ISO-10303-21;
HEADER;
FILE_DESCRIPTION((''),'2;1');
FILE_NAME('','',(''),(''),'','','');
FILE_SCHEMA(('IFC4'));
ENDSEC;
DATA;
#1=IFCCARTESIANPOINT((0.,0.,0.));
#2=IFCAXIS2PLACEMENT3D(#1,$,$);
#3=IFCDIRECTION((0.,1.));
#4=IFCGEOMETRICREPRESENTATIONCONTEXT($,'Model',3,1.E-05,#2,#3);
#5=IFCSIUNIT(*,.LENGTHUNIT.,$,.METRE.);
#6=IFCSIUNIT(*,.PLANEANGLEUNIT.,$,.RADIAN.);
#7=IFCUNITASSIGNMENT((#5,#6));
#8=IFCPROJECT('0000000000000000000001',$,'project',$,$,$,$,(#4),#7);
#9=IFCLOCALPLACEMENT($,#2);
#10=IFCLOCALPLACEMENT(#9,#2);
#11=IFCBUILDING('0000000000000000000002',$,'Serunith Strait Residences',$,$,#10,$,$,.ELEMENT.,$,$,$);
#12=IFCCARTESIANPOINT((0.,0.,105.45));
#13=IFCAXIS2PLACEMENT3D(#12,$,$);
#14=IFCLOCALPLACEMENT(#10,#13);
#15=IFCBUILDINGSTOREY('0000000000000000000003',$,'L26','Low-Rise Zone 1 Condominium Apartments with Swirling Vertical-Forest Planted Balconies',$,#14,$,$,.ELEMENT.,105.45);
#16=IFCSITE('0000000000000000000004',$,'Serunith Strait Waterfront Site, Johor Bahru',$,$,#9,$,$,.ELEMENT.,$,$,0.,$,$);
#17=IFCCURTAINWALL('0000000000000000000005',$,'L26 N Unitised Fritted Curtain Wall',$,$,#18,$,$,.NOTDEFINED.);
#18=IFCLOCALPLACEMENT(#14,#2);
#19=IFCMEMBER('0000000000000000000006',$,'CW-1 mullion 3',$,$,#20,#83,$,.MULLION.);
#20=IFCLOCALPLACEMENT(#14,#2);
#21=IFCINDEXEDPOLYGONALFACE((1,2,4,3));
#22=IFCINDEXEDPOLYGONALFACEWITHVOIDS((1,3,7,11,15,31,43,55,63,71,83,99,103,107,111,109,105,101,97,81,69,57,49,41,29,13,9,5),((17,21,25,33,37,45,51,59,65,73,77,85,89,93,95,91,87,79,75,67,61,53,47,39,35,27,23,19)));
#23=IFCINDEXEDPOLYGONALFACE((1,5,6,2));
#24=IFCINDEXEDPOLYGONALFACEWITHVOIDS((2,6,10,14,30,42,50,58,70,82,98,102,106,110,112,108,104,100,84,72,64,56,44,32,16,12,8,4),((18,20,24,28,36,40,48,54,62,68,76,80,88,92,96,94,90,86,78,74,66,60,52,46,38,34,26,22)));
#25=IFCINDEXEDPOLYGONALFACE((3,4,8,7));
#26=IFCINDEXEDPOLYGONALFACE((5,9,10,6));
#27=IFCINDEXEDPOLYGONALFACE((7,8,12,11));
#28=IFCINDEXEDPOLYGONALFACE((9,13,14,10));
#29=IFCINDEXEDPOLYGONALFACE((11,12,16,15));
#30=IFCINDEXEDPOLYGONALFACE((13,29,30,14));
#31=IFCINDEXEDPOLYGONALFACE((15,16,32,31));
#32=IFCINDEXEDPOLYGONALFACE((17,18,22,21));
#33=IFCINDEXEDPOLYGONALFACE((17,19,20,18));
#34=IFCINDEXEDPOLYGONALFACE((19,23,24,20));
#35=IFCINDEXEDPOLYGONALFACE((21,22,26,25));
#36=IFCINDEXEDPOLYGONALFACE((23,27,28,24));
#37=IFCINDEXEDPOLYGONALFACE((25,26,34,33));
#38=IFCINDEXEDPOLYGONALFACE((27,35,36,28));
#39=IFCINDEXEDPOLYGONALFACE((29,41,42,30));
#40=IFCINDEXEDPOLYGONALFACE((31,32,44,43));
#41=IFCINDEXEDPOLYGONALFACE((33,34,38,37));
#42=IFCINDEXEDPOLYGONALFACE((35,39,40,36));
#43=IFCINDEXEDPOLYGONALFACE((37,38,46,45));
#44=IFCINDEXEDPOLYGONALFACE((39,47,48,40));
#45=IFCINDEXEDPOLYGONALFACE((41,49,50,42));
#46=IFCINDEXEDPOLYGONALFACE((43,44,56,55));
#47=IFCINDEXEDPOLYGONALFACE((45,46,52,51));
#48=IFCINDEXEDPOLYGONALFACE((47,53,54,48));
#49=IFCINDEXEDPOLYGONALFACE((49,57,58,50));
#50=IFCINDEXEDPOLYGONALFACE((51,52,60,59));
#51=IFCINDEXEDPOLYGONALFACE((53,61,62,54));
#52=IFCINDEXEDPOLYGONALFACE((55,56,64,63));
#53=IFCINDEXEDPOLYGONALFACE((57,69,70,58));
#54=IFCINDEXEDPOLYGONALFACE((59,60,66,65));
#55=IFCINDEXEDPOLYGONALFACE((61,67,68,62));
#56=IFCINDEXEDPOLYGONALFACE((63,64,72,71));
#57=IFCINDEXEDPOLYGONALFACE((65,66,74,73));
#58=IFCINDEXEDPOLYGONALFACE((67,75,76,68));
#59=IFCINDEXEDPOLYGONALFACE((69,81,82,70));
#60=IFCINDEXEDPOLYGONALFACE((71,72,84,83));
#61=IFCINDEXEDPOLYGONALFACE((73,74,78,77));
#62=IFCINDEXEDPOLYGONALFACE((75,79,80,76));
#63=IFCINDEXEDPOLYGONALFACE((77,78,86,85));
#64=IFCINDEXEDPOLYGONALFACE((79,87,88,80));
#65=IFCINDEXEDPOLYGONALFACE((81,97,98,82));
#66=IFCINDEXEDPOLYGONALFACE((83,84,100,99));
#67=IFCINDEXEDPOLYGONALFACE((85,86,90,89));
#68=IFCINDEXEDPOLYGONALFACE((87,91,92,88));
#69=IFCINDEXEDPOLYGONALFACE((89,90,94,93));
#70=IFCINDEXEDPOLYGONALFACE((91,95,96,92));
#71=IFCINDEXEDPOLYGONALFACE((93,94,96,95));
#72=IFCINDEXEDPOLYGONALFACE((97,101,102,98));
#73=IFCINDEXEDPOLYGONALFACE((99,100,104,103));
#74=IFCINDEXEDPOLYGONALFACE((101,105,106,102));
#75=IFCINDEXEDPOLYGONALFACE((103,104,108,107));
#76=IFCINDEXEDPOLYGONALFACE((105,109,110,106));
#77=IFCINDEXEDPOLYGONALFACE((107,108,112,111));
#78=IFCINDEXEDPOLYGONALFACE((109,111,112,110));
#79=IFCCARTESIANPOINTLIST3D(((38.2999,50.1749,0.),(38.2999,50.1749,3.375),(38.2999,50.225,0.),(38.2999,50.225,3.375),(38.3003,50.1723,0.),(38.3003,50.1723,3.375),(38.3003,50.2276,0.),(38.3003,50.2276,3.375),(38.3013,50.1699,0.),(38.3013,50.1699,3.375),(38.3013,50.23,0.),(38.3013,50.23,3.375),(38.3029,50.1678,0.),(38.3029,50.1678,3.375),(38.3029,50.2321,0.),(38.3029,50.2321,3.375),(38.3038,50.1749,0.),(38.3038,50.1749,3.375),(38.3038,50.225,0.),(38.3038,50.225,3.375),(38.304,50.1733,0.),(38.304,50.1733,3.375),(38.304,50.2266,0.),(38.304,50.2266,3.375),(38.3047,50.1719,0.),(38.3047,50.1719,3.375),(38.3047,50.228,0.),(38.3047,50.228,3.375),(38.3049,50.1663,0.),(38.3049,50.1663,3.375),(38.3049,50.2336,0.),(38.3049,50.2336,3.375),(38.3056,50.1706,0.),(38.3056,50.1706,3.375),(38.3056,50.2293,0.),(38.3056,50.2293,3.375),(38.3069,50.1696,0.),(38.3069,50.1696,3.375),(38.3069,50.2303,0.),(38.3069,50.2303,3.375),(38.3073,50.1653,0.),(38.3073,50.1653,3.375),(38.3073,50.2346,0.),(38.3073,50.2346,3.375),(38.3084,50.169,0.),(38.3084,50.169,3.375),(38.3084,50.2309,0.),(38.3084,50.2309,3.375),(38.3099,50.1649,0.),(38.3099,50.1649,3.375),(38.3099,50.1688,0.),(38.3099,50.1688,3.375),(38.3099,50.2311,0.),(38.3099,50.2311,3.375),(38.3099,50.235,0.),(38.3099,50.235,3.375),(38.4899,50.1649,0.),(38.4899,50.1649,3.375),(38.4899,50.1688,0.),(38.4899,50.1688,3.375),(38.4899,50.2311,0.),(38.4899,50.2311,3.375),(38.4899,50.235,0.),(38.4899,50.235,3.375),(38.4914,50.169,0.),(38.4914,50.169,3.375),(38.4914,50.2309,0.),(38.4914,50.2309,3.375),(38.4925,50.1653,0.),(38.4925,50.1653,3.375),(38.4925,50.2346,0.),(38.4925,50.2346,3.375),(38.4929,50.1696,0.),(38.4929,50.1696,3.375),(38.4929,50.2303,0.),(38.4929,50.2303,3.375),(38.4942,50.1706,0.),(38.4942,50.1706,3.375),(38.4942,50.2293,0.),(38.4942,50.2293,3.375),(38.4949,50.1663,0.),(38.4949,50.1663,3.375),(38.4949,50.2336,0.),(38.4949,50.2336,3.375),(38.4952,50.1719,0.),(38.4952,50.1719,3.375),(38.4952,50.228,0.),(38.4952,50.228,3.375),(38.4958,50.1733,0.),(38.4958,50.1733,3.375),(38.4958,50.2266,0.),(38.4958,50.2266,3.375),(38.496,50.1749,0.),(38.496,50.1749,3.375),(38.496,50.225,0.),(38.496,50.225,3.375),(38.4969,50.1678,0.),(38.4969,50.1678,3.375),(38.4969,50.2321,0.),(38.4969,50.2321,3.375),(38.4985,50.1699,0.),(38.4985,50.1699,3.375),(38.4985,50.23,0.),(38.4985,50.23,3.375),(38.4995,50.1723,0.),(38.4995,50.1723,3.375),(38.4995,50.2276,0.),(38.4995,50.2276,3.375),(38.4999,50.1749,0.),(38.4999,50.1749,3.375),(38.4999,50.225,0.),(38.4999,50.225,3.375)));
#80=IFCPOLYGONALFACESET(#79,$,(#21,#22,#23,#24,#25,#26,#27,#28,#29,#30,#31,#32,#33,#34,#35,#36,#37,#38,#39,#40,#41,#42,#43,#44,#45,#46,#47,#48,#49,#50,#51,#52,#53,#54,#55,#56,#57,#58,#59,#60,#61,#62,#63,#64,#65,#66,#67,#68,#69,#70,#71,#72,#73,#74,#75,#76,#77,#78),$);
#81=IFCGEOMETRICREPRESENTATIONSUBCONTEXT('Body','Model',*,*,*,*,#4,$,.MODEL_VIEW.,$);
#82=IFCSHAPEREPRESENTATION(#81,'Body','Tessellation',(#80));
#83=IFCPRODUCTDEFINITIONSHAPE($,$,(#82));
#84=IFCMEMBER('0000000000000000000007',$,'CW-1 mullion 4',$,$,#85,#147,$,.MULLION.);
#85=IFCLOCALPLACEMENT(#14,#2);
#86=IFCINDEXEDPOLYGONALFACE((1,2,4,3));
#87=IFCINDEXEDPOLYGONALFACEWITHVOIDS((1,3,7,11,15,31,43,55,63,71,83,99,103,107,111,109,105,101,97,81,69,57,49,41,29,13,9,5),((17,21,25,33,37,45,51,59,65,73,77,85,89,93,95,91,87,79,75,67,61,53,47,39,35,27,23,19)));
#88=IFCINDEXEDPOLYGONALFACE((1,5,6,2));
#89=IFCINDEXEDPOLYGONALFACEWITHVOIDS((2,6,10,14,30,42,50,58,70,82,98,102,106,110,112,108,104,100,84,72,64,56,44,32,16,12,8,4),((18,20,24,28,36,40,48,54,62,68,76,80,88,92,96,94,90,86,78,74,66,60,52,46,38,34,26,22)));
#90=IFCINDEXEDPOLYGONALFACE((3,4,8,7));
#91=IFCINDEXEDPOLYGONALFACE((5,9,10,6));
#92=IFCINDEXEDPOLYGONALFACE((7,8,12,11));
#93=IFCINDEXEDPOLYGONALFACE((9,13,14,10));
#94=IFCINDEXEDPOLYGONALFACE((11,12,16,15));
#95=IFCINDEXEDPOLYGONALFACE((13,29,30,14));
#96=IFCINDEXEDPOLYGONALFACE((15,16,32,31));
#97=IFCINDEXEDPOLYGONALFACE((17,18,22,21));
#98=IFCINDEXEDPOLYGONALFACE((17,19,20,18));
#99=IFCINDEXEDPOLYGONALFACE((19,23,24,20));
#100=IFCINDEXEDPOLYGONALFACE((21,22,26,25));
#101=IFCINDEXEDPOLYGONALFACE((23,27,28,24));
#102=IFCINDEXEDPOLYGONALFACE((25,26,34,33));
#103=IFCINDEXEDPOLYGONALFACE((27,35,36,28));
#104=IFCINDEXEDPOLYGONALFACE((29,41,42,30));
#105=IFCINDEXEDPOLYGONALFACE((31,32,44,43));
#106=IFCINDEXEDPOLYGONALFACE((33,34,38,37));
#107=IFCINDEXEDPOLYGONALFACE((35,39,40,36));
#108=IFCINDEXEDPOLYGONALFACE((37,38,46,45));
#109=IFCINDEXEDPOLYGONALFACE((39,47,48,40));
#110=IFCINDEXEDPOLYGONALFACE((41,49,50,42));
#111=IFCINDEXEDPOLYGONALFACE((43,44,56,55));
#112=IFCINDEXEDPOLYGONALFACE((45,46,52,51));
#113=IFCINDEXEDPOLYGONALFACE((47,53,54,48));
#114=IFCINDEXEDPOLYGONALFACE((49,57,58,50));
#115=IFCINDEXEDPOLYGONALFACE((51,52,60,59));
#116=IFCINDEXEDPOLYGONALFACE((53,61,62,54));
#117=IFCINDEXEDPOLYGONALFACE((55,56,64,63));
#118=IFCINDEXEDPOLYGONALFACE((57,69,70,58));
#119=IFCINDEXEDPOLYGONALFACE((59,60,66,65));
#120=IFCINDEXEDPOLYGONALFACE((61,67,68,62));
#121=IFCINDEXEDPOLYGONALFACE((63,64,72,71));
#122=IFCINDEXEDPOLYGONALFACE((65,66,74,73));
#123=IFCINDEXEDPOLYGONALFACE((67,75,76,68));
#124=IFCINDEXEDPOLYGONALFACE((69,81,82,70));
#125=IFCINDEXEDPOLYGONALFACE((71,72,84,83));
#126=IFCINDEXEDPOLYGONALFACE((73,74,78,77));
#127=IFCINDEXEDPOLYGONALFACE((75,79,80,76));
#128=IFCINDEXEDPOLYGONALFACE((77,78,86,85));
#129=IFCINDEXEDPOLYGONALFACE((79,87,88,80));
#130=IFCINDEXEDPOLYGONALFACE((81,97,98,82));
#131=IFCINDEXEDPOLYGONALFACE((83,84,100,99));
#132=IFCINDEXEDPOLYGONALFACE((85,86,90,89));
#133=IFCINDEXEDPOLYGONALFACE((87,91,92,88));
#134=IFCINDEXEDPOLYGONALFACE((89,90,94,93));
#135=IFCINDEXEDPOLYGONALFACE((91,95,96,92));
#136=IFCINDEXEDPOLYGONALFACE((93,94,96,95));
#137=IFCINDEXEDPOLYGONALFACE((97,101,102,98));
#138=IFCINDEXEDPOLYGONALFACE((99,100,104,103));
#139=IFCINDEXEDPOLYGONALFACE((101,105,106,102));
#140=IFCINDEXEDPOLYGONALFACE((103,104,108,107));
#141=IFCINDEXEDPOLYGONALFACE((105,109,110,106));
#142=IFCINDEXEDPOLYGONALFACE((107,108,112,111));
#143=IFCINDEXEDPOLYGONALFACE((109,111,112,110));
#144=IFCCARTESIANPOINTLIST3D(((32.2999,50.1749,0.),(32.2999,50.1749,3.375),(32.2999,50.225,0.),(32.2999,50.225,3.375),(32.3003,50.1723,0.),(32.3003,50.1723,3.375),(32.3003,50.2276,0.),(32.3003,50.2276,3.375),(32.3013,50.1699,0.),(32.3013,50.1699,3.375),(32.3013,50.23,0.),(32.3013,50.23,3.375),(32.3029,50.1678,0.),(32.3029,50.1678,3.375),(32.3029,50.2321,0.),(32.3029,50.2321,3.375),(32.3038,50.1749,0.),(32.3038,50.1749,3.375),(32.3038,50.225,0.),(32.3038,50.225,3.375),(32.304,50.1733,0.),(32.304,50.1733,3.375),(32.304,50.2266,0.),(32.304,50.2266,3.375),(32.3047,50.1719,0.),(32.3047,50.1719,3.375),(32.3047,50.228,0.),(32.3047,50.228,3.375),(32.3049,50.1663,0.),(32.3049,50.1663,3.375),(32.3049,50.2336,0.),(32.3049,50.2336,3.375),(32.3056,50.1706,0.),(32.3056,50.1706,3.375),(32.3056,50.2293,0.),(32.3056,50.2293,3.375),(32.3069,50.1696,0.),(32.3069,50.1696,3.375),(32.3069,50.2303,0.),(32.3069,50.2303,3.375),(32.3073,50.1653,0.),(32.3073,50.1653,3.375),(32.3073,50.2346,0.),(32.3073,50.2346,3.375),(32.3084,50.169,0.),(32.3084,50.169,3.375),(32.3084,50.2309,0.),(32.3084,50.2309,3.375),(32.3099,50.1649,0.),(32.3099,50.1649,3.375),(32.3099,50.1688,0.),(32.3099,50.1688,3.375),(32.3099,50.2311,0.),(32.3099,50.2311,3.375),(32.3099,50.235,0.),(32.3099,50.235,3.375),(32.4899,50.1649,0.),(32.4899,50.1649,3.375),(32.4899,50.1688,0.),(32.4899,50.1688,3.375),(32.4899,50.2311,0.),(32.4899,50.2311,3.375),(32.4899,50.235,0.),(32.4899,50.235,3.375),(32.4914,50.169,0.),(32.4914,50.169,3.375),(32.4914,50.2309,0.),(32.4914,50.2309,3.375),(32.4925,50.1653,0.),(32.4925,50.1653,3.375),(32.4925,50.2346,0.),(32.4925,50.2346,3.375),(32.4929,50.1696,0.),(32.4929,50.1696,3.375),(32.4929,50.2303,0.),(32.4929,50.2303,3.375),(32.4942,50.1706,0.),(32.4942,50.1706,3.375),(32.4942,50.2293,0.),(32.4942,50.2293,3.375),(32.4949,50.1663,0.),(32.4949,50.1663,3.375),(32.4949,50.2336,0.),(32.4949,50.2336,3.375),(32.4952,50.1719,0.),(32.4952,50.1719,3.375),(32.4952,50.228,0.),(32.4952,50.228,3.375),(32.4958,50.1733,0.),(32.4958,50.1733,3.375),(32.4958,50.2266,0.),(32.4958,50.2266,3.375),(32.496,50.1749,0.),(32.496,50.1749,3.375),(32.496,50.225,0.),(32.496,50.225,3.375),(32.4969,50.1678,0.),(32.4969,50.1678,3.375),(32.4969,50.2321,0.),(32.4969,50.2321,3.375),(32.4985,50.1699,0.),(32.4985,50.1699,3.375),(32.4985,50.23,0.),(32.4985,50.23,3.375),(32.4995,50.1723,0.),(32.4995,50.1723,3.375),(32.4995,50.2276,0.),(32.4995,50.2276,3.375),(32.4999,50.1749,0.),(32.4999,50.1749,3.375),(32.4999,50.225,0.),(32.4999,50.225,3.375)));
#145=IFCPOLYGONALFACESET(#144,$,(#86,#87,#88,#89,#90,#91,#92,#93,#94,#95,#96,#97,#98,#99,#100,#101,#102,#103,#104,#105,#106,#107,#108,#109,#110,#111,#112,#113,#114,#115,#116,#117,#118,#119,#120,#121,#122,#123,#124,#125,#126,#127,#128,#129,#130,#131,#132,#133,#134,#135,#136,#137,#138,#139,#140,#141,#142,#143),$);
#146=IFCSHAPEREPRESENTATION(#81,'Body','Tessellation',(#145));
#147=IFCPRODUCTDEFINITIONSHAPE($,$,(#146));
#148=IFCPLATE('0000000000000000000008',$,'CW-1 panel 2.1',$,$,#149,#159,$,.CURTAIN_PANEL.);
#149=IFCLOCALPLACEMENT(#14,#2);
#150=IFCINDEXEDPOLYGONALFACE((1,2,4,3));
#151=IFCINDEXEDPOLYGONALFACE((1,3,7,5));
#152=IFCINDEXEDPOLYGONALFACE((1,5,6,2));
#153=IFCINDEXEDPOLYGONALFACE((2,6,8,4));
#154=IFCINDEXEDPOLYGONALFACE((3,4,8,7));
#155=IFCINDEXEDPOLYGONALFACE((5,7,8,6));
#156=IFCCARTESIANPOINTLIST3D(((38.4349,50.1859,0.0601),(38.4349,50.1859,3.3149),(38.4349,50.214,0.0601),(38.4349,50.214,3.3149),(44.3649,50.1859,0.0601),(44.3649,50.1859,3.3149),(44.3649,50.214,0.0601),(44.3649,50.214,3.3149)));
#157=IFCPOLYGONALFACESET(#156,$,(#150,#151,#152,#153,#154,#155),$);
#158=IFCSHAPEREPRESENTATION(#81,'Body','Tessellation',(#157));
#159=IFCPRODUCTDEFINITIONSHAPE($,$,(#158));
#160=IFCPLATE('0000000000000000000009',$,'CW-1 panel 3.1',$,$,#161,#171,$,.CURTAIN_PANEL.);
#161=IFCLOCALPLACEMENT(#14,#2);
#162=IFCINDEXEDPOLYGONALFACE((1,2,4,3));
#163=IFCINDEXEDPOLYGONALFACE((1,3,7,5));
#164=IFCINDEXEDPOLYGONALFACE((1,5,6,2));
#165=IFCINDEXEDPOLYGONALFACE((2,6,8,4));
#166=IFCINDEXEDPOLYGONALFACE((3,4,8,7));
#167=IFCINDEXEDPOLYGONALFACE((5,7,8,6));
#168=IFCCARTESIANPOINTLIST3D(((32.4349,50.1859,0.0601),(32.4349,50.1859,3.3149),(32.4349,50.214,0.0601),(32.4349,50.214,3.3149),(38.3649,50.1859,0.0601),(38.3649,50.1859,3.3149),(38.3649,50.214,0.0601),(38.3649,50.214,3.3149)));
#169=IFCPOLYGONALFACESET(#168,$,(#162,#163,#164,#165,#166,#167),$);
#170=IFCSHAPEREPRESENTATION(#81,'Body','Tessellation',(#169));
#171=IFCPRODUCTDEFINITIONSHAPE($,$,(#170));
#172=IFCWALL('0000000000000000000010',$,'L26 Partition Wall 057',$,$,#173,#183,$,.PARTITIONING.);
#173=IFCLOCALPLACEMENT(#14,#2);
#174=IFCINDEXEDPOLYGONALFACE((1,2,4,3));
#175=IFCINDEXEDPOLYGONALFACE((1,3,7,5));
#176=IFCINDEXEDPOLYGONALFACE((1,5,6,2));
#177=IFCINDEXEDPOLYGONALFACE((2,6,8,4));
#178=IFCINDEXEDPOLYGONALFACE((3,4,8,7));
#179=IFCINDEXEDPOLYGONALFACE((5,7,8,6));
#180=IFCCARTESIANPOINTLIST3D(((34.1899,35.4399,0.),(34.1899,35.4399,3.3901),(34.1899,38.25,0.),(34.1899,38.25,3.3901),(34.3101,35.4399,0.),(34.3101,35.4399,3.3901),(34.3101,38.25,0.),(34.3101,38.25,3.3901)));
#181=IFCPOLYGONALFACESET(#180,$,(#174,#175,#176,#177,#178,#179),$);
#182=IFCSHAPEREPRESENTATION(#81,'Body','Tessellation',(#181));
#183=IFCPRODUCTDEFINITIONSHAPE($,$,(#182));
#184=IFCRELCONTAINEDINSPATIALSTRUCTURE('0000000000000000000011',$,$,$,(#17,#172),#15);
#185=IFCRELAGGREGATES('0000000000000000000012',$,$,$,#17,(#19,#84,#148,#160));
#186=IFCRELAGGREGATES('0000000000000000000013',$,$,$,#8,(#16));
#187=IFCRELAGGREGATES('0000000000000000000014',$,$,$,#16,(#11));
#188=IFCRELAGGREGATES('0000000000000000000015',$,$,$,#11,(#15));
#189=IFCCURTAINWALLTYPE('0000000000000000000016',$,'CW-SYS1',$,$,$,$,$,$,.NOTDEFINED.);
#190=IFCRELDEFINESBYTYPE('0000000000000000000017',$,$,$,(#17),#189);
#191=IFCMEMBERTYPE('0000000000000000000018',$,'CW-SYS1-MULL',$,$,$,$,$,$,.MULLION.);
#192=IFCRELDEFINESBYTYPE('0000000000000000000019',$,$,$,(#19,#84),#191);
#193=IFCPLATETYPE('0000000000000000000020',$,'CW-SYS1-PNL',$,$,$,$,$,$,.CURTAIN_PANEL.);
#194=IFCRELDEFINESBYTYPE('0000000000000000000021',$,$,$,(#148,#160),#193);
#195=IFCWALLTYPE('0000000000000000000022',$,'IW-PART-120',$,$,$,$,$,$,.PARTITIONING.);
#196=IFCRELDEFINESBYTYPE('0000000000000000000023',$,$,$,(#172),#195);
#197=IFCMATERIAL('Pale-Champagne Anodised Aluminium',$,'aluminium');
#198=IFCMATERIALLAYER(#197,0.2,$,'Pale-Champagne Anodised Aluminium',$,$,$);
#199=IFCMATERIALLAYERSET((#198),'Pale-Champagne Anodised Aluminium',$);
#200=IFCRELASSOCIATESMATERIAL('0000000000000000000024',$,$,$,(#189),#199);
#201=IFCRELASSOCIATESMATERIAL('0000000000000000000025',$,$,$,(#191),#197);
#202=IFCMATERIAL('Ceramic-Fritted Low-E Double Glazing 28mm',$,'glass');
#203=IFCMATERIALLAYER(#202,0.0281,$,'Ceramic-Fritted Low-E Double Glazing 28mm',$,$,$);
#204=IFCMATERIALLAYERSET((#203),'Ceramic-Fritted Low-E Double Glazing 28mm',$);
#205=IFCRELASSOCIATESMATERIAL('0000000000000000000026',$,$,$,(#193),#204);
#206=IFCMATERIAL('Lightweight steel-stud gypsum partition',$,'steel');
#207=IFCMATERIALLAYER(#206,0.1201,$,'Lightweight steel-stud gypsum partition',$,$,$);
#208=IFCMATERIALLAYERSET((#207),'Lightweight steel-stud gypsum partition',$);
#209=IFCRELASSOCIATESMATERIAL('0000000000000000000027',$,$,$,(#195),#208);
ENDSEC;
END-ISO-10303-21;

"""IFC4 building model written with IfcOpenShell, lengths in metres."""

from ifc_helpers import new_model, si_unit, direction, frame, frame_2d, origin, origin_2d, place, context, subcontext, project, spatial, rectangle, hollow_rectangle, extrude, source, transform, mapped, material, layer, layer_set, material_profile, profile_set, type_object, element, aggregate, save


model = new_model("IFC4")

# Units and contexts
model_context = context("Model", 3, precision=1e-05, world=origin(), true_north=direction((0.0, 1.0)))
body_context = subcontext(model_context, "Body", "Model", "MODEL_VIEW")
ifc_project = project(units=[si_unit("LENGTHUNIT", "METRE"), si_unit("PLANEANGLEUNIT", "RADIAN")], contexts=[model_context])

# Site, building, storey
site_placement = place(None, origin())
site = spatial("IfcSite", under=ifc_project, at=site_placement, Name="Serunith Strait Waterfront Site, Johor Bahru", CompositionType="ELEMENT", RefElevation=0.0)
building_placement = place(site_placement, origin())
building = spatial("IfcBuilding", under=site, at=building_placement, Name="Serunith Strait Residences", CompositionType="ELEMENT")
storey_placement = place(building_placement, frame((0.0, 0.0, 105.45)))
storey = spatial("IfcBuildingStorey", under=building, at=storey_placement, Name="L26", Description="Low-Rise Zone 1 Condominium Apartments with Swirling Vertical-Forest Planted Balconies", CompositionType="ELEMENT", Elevation=105.45)

# Curtain wall, members, plates
ifc_material_1 = material(Name="Pale-Champagne Anodised Aluminium", Category="aluminium")
ifc_layer_1 = layer(ifc_material_1, 0.2, Name="Pale-Champagne Anodised Aluminium")
ifc_layer_set_1 = layer_set([ifc_layer_1], Name="Pale-Champagne Anodised Aluminium")
curtain_wall_type = type_object("IfcCurtainWallType", Name="CW-SYS1", PredefinedType="NOTDEFINED", material=ifc_layer_set_1)
curtain_wall_placement = place(storey_placement, origin())
curtain_wall = element("IfcCurtainWall", 1, at=curtain_wall_placement, inside=storey, type_object=curtain_wall_type, Name="L26 N Unitised Fritted Curtain Wall", PredefinedType="NOTDEFINED")
ifc_material_profile_1 = material_profile(ifc_material_1, hollow_rectangle(XDim=0.0701, YDim=0.2, WallThickness=0.0039, InnerFilletRadius=0.0061, OuterFilletRadius=0.01, at=origin_2d()), Name="ALU 200x70x4")
ifc_profile_set_1 = profile_set([ifc_material_profile_1], Name="Pale-Champagne Anodised Aluminium")
member_type_1 = type_object("IfcMemberType", Name="CW-SYS1-MULL", PredefinedType="MULLION", material=ifc_profile_set_1)
shared_shape_1 = source(origin(), body_context, "Body", "SweptSolid", [
    extrude(hollow_rectangle(XDim=0.0701, YDim=0.2, WallThickness=0.0039, InnerFilletRadius=0.0061, OuterFilletRadius=0.01, at=origin_2d()), origin(), (0.0, 0.0, 1.0), 3.375),
])
member_1_placement = place(storey_placement, frame((38.3999, 50.2, 0.0), z_axis=(0.0, 0.0, 1.0), x_axis=(0.0, -1.0, 0.0)))
member_1 = element("IfcMember", 2, at=member_1_placement, type_object=member_type_1, Name="CW-1 mullion 3", PredefinedType="MULLION", context=body_context, shape_type="MappedRepresentation", body=[
    mapped(shared_shape_1, transform((0.0, 0.0, 0.0), scale=1.0)),
])
member_2_placement = place(storey_placement, frame((32.3999, 50.2, 0.0), z_axis=(0.0, 0.0, 1.0), x_axis=(0.0, -1.0, 0.0)))
member_2 = element("IfcMember", 3, at=member_2_placement, type_object=member_type_1, Name="CW-1 mullion 4", PredefinedType="MULLION", context=body_context, shape_type="MappedRepresentation", body=[
    mapped(shared_shape_1, transform((0.0, 0.0, 0.0), scale=1.0)),
])
ifc_material_2 = material(Name="Ceramic-Fritted Low-E Double Glazing 28mm", Category="glass")
ifc_layer_2 = layer(ifc_material_2, 0.0281, Name="Ceramic-Fritted Low-E Double Glazing 28mm")
ifc_layer_set_2 = layer_set([ifc_layer_2], Name="Ceramic-Fritted Low-E Double Glazing 28mm")
plate_type = type_object("IfcPlateType", Name="CW-SYS1-PNL", PredefinedType="CURTAIN_PANEL", material=ifc_layer_set_2)
shared_shape_2 = source(origin(), body_context, "Body", "SweptSolid", [
    extrude(rectangle(XDim=5.9299, YDim=0.0281, at=origin_2d()), origin(), (0.0, 0.0, 1.0), 3.2549),
])
plate_1_placement = place(storey_placement, frame((41.3999, 50.2, 0.0601), z_axis=(0.0, 0.0, 1.0), x_axis=(-1.0, 0.0, 0.0)))
plate_1 = element("IfcPlate", 4, at=plate_1_placement, type_object=plate_type, Name="CW-1 panel 2.1", PredefinedType="CURTAIN_PANEL", context=body_context, shape_type="MappedRepresentation", body=[
    mapped(shared_shape_2, transform((0.0, 0.0, 0.0), scale=1.0)),
])
plate_2_placement = place(storey_placement, frame((35.3999, 50.2, 0.0601), z_axis=(0.0, 0.0, 1.0), x_axis=(-1.0, 0.0, 0.0)))
plate_2 = element("IfcPlate", 5, at=plate_2_placement, type_object=plate_type, Name="CW-1 panel 3.1", PredefinedType="CURTAIN_PANEL", context=body_context, shape_type="MappedRepresentation", body=[
    mapped(shared_shape_2, transform((0.0, 0.0, 0.0), scale=1.0)),
])
aggregate(curtain_wall, [member_1, member_2, plate_1, plate_2])

# Wall
ifc_material_3 = material(Name="Lightweight steel-stud gypsum partition", Category="steel")
ifc_layer_3 = layer(ifc_material_3, 0.1201, Name="Lightweight steel-stud gypsum partition")
ifc_layer_set_3 = layer_set([ifc_layer_3], Name="Lightweight steel-stud gypsum partition")
wall_type_1 = type_object("IfcWallType", Name="IW-PART-120", PredefinedType="PARTITIONING", material=ifc_layer_set_3)
wall_1_placement = place(storey_placement, frame((34.25, 38.25, 0.0), z_axis=(0.0, 0.0, 1.0), x_axis=(0.0, -1.0, 0.0)))
element("IfcWall", 6, at=wall_1_placement, inside=storey, type_object=wall_type_1, Name="L26 Partition Wall 057", PredefinedType="PARTITIONING", context=body_context, shape_type="SweptSolid", body=[
    extrude(rectangle(XDim=2.8101, YDim=0.1201, at=frame_2d((1.405, 0.0))), origin(), (0.0, 0.0, 1.0), 3.3901),
])

save(model, "model.ifc")
